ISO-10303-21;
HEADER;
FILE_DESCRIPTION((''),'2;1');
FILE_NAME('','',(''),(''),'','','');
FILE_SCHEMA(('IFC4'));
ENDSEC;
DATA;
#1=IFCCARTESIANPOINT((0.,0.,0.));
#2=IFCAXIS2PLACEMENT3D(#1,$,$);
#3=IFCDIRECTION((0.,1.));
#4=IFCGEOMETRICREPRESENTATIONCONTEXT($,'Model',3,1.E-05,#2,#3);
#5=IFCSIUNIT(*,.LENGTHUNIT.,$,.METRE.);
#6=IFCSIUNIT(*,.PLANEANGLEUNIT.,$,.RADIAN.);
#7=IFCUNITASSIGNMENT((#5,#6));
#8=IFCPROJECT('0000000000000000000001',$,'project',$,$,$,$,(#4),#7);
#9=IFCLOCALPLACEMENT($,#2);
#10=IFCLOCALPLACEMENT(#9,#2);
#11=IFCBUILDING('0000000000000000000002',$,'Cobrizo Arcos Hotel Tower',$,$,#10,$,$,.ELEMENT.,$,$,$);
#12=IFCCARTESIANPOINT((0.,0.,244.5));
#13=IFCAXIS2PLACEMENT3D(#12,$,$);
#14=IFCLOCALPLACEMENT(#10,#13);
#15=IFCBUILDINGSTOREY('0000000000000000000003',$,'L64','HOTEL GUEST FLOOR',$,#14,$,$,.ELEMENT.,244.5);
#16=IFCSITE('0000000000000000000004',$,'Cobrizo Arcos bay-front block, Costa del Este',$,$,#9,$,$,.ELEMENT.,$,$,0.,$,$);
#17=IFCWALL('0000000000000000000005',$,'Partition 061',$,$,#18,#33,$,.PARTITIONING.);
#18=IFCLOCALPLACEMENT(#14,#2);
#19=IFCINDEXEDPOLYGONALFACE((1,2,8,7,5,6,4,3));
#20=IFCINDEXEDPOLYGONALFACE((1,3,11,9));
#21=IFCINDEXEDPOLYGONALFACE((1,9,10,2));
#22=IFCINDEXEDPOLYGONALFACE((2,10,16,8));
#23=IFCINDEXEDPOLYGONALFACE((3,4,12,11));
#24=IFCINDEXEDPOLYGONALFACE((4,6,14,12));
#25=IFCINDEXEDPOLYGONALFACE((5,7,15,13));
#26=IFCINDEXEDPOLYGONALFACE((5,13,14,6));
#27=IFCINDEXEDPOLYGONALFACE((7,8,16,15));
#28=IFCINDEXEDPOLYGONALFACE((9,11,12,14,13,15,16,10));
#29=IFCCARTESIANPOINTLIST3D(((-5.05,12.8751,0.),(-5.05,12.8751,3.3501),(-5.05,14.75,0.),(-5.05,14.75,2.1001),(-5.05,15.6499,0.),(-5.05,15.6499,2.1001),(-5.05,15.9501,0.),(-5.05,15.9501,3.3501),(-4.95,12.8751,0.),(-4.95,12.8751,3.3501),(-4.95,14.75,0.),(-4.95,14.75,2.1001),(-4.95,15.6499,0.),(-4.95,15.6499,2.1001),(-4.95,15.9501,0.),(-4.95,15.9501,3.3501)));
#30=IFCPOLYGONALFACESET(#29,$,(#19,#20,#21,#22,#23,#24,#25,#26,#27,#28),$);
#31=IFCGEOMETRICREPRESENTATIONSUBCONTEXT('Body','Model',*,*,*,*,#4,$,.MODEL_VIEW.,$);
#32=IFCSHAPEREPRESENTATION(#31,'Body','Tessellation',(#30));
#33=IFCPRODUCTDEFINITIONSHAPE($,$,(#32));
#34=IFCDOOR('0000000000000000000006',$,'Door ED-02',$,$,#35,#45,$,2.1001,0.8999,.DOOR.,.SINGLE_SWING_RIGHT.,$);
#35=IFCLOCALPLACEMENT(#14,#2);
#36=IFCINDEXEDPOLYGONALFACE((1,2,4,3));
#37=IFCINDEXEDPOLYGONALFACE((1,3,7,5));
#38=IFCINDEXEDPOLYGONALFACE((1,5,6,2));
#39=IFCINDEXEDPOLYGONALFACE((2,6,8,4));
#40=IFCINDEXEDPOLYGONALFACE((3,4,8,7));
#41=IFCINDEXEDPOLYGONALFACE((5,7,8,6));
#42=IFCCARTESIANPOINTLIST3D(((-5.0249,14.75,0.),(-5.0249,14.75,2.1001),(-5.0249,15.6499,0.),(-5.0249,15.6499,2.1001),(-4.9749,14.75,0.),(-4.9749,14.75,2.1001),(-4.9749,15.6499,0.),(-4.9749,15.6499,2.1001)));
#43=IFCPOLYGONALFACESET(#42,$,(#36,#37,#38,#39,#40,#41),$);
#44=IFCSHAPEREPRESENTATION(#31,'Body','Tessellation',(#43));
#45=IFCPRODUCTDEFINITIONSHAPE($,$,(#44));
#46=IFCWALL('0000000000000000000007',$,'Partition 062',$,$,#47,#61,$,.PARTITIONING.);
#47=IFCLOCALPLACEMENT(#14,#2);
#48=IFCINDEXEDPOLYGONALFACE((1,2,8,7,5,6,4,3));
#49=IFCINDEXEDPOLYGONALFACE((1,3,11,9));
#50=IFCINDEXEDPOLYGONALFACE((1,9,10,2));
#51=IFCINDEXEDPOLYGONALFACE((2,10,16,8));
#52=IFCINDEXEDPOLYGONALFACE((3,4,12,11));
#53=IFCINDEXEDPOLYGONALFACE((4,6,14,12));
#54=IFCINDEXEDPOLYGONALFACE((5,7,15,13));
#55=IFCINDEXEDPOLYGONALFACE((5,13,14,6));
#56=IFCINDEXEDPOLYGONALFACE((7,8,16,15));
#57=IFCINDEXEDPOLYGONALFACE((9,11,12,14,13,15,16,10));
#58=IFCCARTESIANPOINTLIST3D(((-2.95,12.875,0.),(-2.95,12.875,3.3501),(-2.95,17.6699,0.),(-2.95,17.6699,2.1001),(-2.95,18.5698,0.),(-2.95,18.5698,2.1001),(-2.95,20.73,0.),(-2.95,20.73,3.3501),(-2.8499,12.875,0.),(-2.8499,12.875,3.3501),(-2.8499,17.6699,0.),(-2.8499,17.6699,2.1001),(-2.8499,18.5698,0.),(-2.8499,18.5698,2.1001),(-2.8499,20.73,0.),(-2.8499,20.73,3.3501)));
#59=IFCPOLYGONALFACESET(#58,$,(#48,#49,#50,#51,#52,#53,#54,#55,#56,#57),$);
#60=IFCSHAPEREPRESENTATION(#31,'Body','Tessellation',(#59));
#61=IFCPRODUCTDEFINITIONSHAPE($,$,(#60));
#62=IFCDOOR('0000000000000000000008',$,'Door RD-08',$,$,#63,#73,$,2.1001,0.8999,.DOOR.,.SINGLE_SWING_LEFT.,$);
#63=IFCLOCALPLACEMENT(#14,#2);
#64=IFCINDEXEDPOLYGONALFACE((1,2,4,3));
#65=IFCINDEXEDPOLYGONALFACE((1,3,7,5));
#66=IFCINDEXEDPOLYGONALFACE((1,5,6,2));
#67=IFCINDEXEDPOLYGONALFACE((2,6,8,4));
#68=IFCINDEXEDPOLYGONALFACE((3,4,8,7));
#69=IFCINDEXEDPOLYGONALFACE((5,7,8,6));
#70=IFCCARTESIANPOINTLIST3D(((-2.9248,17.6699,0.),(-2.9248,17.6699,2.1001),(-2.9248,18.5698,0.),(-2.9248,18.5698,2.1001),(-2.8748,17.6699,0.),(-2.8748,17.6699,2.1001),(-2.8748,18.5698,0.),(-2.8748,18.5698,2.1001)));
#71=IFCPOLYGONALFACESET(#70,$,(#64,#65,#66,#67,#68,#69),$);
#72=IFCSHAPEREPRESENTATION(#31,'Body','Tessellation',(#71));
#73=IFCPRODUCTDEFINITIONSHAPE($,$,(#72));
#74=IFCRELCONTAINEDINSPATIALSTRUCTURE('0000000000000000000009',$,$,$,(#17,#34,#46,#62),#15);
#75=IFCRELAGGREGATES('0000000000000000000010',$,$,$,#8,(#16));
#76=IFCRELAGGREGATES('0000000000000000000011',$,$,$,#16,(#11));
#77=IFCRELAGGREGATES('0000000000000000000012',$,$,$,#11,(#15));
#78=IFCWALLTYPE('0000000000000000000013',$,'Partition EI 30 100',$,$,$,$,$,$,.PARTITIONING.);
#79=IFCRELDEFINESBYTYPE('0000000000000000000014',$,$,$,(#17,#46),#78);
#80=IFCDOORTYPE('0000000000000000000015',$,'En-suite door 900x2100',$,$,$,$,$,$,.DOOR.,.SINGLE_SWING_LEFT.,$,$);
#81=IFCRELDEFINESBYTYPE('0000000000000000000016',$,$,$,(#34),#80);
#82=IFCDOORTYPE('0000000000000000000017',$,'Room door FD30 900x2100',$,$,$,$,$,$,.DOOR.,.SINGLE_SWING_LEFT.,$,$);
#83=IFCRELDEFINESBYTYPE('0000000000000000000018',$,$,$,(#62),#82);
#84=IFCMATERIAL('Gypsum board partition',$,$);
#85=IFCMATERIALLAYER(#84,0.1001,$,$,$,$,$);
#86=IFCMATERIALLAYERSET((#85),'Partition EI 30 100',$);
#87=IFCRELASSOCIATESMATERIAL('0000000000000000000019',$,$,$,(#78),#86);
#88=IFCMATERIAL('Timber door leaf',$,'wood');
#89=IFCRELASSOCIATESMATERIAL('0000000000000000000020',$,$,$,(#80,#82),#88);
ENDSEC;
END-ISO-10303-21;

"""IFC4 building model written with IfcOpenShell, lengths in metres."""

from ifc_helpers import new_model, si_unit, direction, frame, frame_2d, origin, place, context, subcontext, project, spatial, rectangle, extrude, material, layer, layer_set, type_object, element, fill, save


model = new_model("IFC4")

# Units and contexts
model_context = context("Model", 3, precision=1e-05, world=origin(), true_north=direction((0.0, 1.0)))
body_context = subcontext(model_context, "Body", "Model", "MODEL_VIEW")
ifc_project = project(units=[si_unit("LENGTHUNIT", "METRE"), si_unit("PLANEANGLEUNIT", "RADIAN")], contexts=[model_context])

# Site, building, storey
site_placement = place(None, origin())
site = spatial("IfcSite", under=ifc_project, at=site_placement, Name="Cobrizo Arcos bay-front block, Costa del Este", CompositionType="ELEMENT", RefElevation=0.0)
building_placement = place(site_placement, origin())
building = spatial("IfcBuilding", under=site, at=building_placement, Name="Cobrizo Arcos Hotel Tower", CompositionType="ELEMENT")
storey_placement = place(building_placement, frame((0.0, 0.0, 244.5)))
storey = spatial("IfcBuildingStorey", under=building, at=storey_placement, Name="L64", Description="HOTEL GUEST FLOOR", CompositionType="ELEMENT", Elevation=244.5)

# Shared definitions
ifc_material_1 = material(Name="Gypsum board partition")
ifc_layer_1 = layer(ifc_material_1, 0.1001)
ifc_layer_set_1 = layer_set([ifc_layer_1], Name="Partition EI 30 100")
wall_type = type_object("IfcWallType", Name="Partition EI 30 100", PredefinedType="PARTITIONING", material=ifc_layer_set_1)

# Shared definitions
ifc_material_2 = material(Name="Timber door leaf", Category="wood")
door_type_1 = type_object("IfcDoorType", Name="En-suite door 900x2100", OperationType="SINGLE_SWING_LEFT", PredefinedType="DOOR", material=ifc_material_2)

# Walls, openings, doors
wall_1_placement = place(storey_placement, frame((-5.0, 12.875, 0.0), z_axis=(0.0, 0.0, 1.0), x_axis=(0.0, 1.0, 0.0)))
wall_1 = element("IfcWall", 1, at=wall_1_placement, inside=storey, type_object=wall_type, Name="Partition 061", PredefinedType="PARTITIONING", context=body_context, shape_type="SweptSolid", body=[
    extrude(rectangle(XDim=3.075, YDim=0.1001, at=frame_2d((1.5376, 0.0))), origin(), (0.0, 0.0, 1.0), 3.3501),
])
opening_1_placement = place(wall_1_placement, frame((1.875, 0.0, 0.0)))
opening_1 = element("IfcOpeningElement", 2, at=opening_1_placement, cuts=wall_1, PredefinedType="OPENING", context=body_context, shape_type="SweptSolid", body=[
    extrude(rectangle(XDim=0.8999, YDim=2.1001, at=frame_2d((0.45, 1.05))), frame((0.0, 0.062, 0.0), z_axis=(0.0, -1.0, 0.0), x_axis=(1.0, 0.0, 0.0)), (0.0, 0.0, 1.0), 0.124),
])
door_1_placement = place(opening_1_placement, origin())
door_1 = element("IfcDoor", 3, at=door_1_placement, inside=storey, type_object=door_type_1, Name="Door ED-02", OperationType="SINGLE_SWING_RIGHT", OverallHeight=2.1001, OverallWidth=0.8999, PredefinedType="DOOR", context=body_context, shape_type="SweptSolid", body=[
    extrude(rectangle(XDim=0.8999, YDim=2.1001, at=frame_2d((0.45, 1.05))), frame((0.0, 0.0249, 0.0), z_axis=(0.0, -1.0, 0.0), x_axis=(1.0, 0.0, 0.0)), (0.0, 0.0, 1.0), 0.05),
])
fill(opening_1, door_1)
wall_2_placement = place(storey_placement, frame((-2.8999, 12.875, 0.0), z_axis=(0.0, 0.0, 1.0), x_axis=(0.0, 1.0, 0.0)))
wall_2 = element("IfcWall", 4, at=wall_2_placement, inside=storey, type_object=wall_type, Name="Partition 062", PredefinedType="PARTITIONING", context=body_context, shape_type="SweptSolid", body=[
    extrude(rectangle(XDim=7.855, YDim=0.1001, at=frame_2d((3.9275, 0.0))), origin(), (0.0, 0.0, 1.0), 3.3501),
])
opening_2_placement = place(wall_2_placement, frame((4.7949, 0.0, 0.0)))
opening_2 = element("IfcOpeningElement", 5, at=opening_2_placement, cuts=wall_2, PredefinedType="OPENING", context=body_context, shape_type="SweptSolid", body=[
    extrude(rectangle(XDim=0.8999, YDim=2.1001, at=frame_2d((0.45, 1.05))), frame((0.0, 0.062, 0.0), z_axis=(0.0, -1.0, 0.0), x_axis=(1.0, 0.0, 0.0)), (0.0, 0.0, 1.0), 0.124),
])
door_type_2 = type_object("IfcDoorType", Name="Room door FD30 900x2100", OperationType="SINGLE_SWING_LEFT", PredefinedType="DOOR", material=ifc_material_2)
door_2_placement = place(opening_2_placement, origin())
door_2 = element("IfcDoor", 6, at=door_2_placement, inside=storey, type_object=door_type_2, Name="Door RD-08", OperationType="SINGLE_SWING_LEFT", OverallHeight=2.1001, OverallWidth=0.8999, PredefinedType="DOOR", context=body_context, shape_type="SweptSolid", body=[
    extrude(rectangle(XDim=0.8999, YDim=2.1001, at=frame_2d((0.45, 1.05))), frame((0.0, 0.0249, 0.0), z_axis=(0.0, -1.0, 0.0), x_axis=(1.0, 0.0, 0.0)), (0.0, 0.0, 1.0), 0.05),
])
fill(opening_2, door_2)

save(model, "model.ifc")
